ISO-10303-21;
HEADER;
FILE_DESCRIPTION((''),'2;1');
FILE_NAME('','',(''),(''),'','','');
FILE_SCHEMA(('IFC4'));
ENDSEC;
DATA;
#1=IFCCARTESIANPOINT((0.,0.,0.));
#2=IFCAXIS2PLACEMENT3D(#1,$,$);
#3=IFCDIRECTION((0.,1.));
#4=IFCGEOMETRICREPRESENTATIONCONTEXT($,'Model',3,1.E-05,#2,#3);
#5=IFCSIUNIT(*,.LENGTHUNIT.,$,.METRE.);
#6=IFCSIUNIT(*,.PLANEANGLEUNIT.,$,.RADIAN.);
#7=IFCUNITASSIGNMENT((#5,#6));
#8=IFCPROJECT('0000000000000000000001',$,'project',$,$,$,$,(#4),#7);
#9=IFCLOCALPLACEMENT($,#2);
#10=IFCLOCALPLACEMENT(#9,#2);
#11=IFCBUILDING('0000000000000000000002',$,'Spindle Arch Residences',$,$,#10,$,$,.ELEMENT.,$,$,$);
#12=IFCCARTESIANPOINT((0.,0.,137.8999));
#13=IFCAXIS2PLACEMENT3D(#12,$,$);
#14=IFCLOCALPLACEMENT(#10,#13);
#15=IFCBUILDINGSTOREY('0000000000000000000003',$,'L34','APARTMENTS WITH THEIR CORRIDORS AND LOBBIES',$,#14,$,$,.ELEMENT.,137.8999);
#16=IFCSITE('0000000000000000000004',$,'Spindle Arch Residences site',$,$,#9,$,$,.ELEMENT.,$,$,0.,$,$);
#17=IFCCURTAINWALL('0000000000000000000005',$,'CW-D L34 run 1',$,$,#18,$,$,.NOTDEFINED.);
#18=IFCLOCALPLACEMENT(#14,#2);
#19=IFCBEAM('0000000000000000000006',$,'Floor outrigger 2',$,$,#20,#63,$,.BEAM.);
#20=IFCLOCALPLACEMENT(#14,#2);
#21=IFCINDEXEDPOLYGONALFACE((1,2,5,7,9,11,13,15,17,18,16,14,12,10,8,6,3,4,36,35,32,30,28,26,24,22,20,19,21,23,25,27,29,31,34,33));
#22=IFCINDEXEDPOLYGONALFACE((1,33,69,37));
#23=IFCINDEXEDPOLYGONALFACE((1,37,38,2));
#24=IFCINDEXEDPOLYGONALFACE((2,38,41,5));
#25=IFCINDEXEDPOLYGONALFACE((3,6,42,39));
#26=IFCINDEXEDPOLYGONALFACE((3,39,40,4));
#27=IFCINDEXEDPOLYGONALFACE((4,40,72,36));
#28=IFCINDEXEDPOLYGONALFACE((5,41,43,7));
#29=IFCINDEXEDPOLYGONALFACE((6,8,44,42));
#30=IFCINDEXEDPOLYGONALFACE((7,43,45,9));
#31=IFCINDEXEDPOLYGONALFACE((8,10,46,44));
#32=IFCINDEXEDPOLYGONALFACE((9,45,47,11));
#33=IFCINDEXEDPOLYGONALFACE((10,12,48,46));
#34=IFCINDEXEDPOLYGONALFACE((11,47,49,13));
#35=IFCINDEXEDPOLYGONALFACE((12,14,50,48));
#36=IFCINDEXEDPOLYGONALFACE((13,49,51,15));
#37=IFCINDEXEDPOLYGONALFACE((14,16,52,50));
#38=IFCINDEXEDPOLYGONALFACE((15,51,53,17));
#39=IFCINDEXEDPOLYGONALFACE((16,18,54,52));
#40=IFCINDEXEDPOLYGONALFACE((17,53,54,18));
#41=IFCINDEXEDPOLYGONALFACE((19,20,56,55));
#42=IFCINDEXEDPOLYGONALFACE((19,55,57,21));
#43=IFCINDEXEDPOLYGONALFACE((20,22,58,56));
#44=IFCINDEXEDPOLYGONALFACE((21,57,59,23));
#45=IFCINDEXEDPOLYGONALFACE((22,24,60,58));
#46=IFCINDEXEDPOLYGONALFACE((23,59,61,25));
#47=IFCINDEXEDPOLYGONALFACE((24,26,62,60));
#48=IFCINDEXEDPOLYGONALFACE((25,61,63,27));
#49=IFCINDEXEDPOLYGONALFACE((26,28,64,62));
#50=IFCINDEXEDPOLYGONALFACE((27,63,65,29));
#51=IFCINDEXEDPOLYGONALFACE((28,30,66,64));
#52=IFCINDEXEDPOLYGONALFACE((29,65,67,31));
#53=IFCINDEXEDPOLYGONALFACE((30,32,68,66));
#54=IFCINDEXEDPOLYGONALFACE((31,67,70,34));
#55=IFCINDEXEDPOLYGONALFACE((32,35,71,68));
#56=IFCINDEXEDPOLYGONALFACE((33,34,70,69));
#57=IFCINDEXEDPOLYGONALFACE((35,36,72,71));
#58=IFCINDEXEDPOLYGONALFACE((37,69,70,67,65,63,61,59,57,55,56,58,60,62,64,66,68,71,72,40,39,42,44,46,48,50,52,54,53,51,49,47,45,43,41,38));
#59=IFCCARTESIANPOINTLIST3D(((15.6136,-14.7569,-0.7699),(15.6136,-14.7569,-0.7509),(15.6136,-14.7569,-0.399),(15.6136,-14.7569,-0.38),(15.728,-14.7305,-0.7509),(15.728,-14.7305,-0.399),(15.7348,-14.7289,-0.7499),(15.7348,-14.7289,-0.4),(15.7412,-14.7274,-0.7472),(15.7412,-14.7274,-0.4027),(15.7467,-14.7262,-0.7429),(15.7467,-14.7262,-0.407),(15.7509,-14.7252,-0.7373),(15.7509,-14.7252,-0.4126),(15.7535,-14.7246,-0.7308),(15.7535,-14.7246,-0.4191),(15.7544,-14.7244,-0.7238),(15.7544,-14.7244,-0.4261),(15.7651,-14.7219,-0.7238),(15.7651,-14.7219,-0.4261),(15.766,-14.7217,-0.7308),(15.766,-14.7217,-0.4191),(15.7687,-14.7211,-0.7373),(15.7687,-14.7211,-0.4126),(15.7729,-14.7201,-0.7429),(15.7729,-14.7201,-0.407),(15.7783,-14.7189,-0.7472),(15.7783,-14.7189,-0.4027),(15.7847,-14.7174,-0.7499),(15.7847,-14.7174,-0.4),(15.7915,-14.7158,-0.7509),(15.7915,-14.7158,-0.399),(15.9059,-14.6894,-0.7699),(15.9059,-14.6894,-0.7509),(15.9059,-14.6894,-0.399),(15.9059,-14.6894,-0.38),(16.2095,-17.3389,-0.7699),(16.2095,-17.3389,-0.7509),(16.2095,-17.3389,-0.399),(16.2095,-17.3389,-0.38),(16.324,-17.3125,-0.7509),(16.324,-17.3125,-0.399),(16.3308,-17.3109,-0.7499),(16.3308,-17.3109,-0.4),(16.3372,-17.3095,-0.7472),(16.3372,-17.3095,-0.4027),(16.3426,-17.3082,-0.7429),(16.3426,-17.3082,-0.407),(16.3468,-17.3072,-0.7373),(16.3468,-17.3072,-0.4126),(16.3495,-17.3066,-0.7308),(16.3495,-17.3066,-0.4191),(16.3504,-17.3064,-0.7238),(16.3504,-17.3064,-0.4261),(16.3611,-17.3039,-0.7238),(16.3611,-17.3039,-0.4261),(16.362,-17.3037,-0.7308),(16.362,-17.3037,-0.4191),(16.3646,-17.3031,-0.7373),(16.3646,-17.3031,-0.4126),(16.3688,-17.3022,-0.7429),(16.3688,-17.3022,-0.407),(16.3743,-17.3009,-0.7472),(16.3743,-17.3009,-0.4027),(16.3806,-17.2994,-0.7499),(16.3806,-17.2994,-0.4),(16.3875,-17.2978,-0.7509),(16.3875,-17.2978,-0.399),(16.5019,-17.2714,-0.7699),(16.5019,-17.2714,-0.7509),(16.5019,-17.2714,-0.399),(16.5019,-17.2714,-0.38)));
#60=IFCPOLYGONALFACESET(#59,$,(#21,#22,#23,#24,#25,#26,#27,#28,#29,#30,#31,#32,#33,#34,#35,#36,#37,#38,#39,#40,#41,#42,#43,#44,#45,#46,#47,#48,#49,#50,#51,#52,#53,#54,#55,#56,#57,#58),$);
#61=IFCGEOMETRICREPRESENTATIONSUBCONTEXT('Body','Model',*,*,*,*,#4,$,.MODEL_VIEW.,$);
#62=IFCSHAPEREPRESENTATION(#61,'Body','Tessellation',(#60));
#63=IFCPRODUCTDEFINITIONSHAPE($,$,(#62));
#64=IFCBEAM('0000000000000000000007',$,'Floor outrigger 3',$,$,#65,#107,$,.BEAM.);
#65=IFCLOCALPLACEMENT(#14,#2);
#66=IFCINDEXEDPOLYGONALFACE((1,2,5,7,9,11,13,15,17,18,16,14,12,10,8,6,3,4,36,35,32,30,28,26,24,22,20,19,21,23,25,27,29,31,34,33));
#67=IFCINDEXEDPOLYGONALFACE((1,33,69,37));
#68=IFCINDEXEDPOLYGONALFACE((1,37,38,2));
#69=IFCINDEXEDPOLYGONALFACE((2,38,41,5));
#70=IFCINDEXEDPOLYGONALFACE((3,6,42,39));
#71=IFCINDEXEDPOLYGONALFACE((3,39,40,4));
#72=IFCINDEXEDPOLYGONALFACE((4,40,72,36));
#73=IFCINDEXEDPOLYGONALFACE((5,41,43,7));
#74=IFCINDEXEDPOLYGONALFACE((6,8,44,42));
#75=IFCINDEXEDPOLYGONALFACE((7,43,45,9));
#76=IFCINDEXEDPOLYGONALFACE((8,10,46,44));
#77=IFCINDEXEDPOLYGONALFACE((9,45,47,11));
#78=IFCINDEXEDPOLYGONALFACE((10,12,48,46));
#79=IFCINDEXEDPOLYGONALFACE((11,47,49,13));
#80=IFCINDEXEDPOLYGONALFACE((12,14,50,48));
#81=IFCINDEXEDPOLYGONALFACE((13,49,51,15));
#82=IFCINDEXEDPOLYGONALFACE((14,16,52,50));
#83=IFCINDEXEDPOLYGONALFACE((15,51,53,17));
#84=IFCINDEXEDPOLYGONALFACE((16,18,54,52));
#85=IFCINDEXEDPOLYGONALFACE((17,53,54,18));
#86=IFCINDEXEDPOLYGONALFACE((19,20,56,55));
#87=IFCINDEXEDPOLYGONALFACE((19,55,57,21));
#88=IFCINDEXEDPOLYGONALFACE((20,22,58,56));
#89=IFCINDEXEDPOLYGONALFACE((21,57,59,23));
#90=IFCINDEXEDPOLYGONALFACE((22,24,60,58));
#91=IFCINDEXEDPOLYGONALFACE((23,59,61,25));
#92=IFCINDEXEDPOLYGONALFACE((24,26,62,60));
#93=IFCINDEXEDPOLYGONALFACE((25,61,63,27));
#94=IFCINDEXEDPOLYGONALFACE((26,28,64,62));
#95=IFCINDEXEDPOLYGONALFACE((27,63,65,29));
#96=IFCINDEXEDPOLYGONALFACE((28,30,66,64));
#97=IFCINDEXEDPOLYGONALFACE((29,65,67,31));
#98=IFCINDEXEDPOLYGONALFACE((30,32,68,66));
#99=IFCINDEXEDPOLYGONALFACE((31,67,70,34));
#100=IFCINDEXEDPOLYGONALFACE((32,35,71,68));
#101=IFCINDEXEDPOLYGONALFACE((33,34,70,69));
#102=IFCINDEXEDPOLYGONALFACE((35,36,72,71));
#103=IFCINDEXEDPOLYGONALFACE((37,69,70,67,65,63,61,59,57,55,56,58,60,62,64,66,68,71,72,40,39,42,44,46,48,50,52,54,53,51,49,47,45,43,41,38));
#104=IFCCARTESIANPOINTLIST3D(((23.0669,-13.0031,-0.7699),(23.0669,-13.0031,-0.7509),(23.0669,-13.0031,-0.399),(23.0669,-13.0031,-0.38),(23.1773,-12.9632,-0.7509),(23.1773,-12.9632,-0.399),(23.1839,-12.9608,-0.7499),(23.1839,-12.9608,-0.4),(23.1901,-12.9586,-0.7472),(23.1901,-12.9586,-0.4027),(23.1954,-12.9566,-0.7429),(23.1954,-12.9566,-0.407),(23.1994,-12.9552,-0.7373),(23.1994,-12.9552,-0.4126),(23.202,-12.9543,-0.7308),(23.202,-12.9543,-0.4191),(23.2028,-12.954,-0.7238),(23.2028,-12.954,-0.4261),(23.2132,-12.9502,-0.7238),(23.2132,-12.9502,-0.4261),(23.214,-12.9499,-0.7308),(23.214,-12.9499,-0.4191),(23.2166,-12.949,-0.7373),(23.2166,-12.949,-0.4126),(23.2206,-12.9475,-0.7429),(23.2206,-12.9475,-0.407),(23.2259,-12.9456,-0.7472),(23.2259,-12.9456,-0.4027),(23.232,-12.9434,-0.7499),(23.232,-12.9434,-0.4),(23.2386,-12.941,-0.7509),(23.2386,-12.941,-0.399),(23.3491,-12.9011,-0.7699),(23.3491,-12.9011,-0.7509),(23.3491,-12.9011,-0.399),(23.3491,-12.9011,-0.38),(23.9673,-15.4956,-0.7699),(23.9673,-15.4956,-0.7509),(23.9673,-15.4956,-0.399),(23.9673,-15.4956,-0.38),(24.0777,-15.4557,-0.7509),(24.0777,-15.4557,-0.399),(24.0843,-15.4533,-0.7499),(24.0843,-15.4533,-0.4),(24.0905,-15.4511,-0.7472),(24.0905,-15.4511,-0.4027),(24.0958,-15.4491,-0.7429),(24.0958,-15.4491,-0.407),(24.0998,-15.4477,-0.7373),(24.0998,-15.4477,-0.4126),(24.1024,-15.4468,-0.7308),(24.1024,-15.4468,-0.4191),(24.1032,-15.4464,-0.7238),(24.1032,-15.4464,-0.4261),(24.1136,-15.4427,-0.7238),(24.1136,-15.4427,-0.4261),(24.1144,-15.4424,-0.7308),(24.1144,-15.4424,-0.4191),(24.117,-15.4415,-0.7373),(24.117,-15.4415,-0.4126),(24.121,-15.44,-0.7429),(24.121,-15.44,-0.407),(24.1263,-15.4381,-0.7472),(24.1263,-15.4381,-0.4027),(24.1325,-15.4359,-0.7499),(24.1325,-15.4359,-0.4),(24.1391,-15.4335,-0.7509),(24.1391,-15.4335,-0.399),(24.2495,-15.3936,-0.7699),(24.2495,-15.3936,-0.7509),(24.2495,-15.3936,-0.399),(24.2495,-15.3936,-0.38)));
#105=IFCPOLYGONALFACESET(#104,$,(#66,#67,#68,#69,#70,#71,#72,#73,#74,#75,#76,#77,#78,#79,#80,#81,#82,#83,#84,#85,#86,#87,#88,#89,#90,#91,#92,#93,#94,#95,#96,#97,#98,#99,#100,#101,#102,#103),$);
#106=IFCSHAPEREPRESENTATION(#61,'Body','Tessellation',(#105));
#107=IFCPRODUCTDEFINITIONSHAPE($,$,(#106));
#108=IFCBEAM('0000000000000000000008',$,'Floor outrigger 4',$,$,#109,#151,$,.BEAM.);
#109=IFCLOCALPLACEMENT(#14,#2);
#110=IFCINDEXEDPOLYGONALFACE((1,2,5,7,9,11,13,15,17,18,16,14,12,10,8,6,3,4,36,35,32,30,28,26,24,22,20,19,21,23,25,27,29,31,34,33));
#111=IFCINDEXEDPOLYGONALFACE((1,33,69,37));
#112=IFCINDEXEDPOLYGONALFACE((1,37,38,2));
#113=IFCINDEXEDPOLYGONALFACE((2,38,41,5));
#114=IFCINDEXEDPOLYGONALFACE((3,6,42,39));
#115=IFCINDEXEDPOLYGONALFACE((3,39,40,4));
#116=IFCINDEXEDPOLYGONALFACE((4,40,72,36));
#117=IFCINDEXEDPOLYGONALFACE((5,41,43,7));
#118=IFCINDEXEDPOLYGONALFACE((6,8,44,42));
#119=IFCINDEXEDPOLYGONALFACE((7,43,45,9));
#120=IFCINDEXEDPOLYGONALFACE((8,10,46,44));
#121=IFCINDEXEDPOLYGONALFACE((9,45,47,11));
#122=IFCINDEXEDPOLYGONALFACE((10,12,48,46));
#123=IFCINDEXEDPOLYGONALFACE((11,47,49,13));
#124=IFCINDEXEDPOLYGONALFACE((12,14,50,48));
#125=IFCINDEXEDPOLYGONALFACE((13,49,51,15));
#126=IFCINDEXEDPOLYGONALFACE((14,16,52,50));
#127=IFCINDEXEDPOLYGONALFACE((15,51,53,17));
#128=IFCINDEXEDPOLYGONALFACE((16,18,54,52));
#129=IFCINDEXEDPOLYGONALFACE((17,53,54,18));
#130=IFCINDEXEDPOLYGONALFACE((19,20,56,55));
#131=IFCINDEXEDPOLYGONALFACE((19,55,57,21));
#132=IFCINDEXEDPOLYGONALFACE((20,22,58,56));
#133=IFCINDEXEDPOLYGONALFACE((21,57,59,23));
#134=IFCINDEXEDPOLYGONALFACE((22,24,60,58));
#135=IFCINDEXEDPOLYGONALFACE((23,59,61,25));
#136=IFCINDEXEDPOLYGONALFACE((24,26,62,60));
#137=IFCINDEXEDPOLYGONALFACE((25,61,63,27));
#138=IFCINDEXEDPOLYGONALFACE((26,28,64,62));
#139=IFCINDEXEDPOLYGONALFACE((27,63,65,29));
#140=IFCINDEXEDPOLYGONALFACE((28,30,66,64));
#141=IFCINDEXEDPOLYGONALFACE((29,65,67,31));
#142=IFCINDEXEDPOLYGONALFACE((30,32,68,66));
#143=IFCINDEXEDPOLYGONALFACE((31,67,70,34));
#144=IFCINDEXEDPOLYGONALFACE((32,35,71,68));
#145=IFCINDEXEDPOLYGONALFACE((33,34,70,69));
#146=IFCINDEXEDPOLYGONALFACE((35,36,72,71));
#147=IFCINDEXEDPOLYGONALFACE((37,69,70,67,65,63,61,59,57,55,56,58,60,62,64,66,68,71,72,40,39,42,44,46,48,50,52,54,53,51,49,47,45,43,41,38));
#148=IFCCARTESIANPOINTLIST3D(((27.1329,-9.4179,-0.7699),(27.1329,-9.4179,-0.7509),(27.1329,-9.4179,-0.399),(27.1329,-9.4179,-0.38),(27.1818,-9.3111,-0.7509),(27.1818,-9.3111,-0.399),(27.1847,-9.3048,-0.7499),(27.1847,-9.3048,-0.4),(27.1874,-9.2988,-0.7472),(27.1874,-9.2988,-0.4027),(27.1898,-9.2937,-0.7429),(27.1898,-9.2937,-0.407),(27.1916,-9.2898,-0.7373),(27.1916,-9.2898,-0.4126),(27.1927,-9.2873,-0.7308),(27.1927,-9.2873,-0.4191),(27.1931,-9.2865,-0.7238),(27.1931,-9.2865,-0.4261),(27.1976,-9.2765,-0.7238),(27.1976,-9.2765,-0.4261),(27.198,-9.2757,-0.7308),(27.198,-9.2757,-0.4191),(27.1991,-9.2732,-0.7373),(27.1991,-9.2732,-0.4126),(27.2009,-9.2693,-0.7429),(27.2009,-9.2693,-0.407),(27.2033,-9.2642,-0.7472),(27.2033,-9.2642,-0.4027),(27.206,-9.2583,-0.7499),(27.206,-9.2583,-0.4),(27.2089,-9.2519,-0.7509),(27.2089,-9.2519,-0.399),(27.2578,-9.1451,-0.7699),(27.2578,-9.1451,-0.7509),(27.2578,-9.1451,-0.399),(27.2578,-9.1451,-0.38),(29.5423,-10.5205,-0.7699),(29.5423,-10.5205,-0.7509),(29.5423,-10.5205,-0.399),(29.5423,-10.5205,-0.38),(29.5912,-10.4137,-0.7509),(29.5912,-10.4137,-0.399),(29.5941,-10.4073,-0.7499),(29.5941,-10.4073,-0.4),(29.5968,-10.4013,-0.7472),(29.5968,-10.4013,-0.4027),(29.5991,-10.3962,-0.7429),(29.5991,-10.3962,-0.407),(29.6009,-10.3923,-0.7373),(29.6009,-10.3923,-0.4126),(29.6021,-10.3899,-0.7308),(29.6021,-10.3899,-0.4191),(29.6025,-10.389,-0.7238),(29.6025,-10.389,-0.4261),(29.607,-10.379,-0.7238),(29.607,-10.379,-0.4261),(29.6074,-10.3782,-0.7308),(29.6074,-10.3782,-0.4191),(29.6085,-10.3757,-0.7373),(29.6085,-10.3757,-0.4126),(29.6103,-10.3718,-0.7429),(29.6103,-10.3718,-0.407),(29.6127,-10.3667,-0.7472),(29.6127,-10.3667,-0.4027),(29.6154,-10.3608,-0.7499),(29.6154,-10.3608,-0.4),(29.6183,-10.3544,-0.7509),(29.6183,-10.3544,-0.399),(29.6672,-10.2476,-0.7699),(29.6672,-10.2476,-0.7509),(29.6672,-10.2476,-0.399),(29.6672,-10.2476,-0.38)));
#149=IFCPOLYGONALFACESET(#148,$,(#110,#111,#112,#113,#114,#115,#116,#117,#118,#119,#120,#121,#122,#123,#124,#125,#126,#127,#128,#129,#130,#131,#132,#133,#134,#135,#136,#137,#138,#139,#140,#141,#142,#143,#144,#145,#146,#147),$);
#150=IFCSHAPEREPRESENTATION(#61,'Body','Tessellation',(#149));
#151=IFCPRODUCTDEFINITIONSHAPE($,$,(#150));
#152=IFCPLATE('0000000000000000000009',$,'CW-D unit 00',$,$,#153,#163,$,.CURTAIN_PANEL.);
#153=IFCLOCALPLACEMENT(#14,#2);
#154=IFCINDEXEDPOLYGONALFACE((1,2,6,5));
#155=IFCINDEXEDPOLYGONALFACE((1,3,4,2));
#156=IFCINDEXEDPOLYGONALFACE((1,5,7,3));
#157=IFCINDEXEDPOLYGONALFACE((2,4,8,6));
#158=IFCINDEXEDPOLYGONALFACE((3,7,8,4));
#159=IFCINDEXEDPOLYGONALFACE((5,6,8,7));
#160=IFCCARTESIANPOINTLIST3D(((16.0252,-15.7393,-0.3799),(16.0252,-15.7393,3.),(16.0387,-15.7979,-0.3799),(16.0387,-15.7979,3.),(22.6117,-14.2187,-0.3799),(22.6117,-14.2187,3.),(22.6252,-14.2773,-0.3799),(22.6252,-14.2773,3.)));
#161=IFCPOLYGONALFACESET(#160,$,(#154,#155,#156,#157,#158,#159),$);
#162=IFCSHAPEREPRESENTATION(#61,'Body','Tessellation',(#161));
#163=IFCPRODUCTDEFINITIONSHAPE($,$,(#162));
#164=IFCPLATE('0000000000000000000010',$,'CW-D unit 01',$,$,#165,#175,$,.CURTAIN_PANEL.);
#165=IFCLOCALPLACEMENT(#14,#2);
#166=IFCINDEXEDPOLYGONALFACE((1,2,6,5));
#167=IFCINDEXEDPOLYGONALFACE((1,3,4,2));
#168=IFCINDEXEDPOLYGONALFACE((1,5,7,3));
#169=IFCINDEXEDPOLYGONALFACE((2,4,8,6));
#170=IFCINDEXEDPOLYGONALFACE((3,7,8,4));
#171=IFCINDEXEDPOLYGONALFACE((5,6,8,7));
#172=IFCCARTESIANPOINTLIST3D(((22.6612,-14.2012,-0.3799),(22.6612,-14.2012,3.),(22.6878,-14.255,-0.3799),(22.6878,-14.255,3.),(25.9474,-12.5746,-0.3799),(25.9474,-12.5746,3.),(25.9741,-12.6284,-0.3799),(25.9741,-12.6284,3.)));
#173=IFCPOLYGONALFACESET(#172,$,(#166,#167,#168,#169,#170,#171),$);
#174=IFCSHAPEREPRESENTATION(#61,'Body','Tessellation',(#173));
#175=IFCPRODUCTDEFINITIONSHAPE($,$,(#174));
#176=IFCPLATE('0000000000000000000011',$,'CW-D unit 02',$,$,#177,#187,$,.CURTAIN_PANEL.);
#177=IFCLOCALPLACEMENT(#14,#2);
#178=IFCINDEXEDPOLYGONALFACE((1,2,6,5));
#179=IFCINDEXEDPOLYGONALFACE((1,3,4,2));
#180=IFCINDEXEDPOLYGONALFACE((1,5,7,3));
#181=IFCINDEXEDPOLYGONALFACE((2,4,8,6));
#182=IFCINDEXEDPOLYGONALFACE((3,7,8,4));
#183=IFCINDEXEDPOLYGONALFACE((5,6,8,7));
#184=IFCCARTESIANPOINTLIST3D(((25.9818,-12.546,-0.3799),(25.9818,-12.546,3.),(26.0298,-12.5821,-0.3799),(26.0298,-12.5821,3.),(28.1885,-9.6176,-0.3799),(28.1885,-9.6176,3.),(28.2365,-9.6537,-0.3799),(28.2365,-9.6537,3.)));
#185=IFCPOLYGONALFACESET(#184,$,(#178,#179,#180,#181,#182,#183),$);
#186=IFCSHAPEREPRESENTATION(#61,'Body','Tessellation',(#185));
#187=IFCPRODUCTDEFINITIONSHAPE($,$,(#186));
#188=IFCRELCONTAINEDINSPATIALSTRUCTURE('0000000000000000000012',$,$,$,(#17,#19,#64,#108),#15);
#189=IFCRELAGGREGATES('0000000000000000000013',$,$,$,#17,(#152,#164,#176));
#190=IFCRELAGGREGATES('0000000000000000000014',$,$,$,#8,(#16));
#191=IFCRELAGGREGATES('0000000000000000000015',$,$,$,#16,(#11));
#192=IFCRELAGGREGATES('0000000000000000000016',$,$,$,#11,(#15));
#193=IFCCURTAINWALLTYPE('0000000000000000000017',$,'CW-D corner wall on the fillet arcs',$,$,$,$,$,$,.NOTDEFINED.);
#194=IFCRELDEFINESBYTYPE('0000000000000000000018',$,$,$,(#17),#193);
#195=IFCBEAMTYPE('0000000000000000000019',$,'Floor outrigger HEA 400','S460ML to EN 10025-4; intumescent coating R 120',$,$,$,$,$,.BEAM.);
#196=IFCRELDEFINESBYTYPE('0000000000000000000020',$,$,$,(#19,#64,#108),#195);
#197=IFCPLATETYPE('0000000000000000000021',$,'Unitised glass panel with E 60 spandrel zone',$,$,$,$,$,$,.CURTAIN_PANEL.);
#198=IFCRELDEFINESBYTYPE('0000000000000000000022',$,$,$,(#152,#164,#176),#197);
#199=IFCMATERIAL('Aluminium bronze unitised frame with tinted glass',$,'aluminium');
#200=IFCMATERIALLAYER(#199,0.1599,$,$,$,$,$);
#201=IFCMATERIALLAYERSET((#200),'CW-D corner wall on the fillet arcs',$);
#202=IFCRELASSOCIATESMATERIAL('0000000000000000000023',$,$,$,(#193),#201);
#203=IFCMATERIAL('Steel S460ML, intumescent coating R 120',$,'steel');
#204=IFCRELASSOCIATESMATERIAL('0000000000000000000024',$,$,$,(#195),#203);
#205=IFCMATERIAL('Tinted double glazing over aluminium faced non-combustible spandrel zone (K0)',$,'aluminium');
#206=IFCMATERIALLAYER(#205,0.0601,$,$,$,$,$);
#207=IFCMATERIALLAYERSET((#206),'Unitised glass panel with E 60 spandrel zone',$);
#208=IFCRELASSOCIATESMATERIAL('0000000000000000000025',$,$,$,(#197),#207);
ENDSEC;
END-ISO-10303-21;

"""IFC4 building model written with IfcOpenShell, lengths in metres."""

from ifc_helpers import new_model, si_unit, direction, frame, origin, origin_2d, place, context, subcontext, project, spatial, rectangle, i_section, extrude, material, layer, layer_set, material_profile, profile_set, type_object, element, aggregate, save


model = new_model("IFC4")

# Units and contexts
model_context = context("Model", 3, precision=1e-05, world=origin(), true_north=direction((0.0, 1.0)))
body_context = subcontext(model_context, "Body", "Model", "MODEL_VIEW")
ifc_project = project(units=[si_unit("LENGTHUNIT", "METRE"), si_unit("PLANEANGLEUNIT", "RADIAN")], contexts=[model_context])

# Site, building, storey
site_placement = place(None, origin())
site = spatial("IfcSite", under=ifc_project, at=site_placement, Name="Spindle Arch Residences site", CompositionType="ELEMENT", RefElevation=0.0)
building_placement = place(site_placement, origin())
building = spatial("IfcBuilding", under=site, at=building_placement, Name="Spindle Arch Residences", CompositionType="ELEMENT")
storey_placement = place(building_placement, frame((0.0, 0.0, 137.8999)))
storey = spatial("IfcBuildingStorey", under=building, at=storey_placement, Name="L34", Description="APARTMENTS WITH THEIR CORRIDORS AND LOBBIES", CompositionType="ELEMENT", Elevation=137.8999)

# Curtain wall
ifc_material_1 = material(Name="Aluminium bronze unitised frame with tinted glass", Category="aluminium")
ifc_layer_1 = layer(ifc_material_1, 0.1599)
ifc_layer_set_1 = layer_set([ifc_layer_1], Name="CW-D corner wall on the fillet arcs")
curtain_wall_type = type_object("IfcCurtainWallType", Name="CW-D corner wall on the fillet arcs", PredefinedType="NOTDEFINED", material=ifc_layer_set_1)
curtain_wall_placement = place(storey_placement, origin())
curtain_wall = element("IfcCurtainWall", 1, at=curtain_wall_placement, inside=storey, type_object=curtain_wall_type, Name="CW-D L34 run 1", PredefinedType="NOTDEFINED")

# Beams
ifc_material_2 = material(Name="Steel S460ML, intumescent coating R 120", Category="steel")
ifc_material_profile_1 = material_profile(ifc_material_2, i_section(OverallWidth=0.3, OverallDepth=0.3899, WebThickness=0.011, FlangeThickness=0.019, FilletRadius=0.0271, at=origin_2d()), Name="HEA 400")
ifc_profile_set_1 = profile_set([ifc_material_profile_1], Name="Steel S460ML, intumescent coating R 120")
beam_type_1 = type_object("IfcBeamType", Name="Floor outrigger HEA 400", Description="S460ML to EN 10025-4; intumescent coating R 120", PredefinedType="BEAM", material=ifc_profile_set_1)
beam_1_placement = place(storey_placement, frame((16.3557, -17.3052, -0.575), z_axis=(-0.224893, 0.974383, 0.0), x_axis=(-0.974383, -0.224893, 0.0)))
element("IfcBeam", 2, at=beam_1_placement, inside=storey, type_object=beam_type_1, Name="Floor outrigger 2", PredefinedType="BEAM", context=body_context, shape_type="SweptSolid", body=[
    extrude(i_section(OverallWidth=0.3, OverallDepth=0.3899, WebThickness=0.011, FlangeThickness=0.019, FilletRadius=0.0271, at=origin_2d()), origin(), (0.0, 0.0, 1.0), 2.6499),
])
beam_2_placement = place(storey_placement, frame((24.1084, -15.4446, -0.575), z_axis=(-0.33976, 0.940512, 0.0), x_axis=(-0.940512, -0.33976, 0.0)))
element("IfcBeam", 3, at=beam_2_placement, inside=storey, type_object=beam_type_1, Name="Floor outrigger 3", PredefinedType="BEAM", context=body_context, shape_type="SweptSolid", body=[
    extrude(i_section(OverallWidth=0.3, OverallDepth=0.3899, WebThickness=0.011, FlangeThickness=0.019, FilletRadius=0.0271, at=origin_2d()), origin(), (0.0, 0.0, 1.0), 2.6501),
])
beam_3_placement = place(storey_placement, frame((29.6047, -10.384, -0.575), z_axis=(-0.909319, 0.416099, 0.0), x_axis=(-0.416099, -0.909319, 0.0)))
element("IfcBeam", 4, at=beam_3_placement, inside=storey, type_object=beam_type_1, Name="Floor outrigger 4", PredefinedType="BEAM", context=body_context, shape_type="SweptSolid", body=[
    extrude(i_section(OverallWidth=0.3, OverallDepth=0.3899, WebThickness=0.011, FlangeThickness=0.019, FilletRadius=0.0271, at=origin_2d()), origin(), (0.0, 0.0, 1.0), 2.6497),
])

# Plates
ifc_material_3 = material(Name="Tinted double glazing over aluminium faced non-combustible spandrel zone (K0)", Category="aluminium")
ifc_layer_2 = layer(ifc_material_3, 0.0601)
ifc_layer_set_2 = layer_set([ifc_layer_2], Name="Unitised glass panel with E 60 spandrel zone")
plate_type = type_object("IfcPlateType", Name="Unitised glass panel with E 60 spandrel zone", PredefinedType="CURTAIN_PANEL", material=ifc_layer_set_2)
plate_1_placement = place(storey_placement, frame((19.3252, -15.0083, -0.3799), z_axis=(0.0, 0.0, 1.0), x_axis=(0.97437, 0.224951, 0.0)))
plate_1 = element("IfcPlate", 5, at=plate_1_placement, type_object=plate_type, Name="CW-D unit 00", PredefinedType="CURTAIN_PANEL", context=body_context, shape_type="SweptSolid", body=[
    extrude(rectangle(XDim=6.7598, YDim=0.0601, at=origin_2d()), origin(), (0.0, 0.0, 1.0), 3.3799),
])
plate_2_placement = place(storey_placement, frame((24.3176, -13.4148, -0.3799), z_axis=(0.0, 0.0, 1.0), x_axis=(0.896229, 0.443593, 0.0)))
plate_2 = element("IfcPlate", 6, at=plate_2_placement, type_object=plate_type, Name="CW-D unit 01", PredefinedType="CURTAIN_PANEL", context=body_context, shape_type="SweptSolid", body=[
    extrude(rectangle(XDim=3.6667, YDim=0.0601, at=origin_2d()), origin(), (0.0, 0.0, 1.0), 3.3799),
])
plate_3_placement = place(storey_placement, frame((27.1091, -11.0999, -0.3799), z_axis=(0.0, 0.0, 1.0), x_axis=(0.601815, 0.798636, 0.0)))
plate_3 = element("IfcPlate", 7, at=plate_3_placement, type_object=plate_type, Name="CW-D unit 02", PredefinedType="CURTAIN_PANEL", context=body_context, shape_type="SweptSolid", body=[
    extrude(rectangle(XDim=3.6667, YDim=0.0601, at=origin_2d()), origin(), (0.0, 0.0, 1.0), 3.3799),
])
aggregate(curtain_wall, [plate_1, plate_2, plate_3])

save(model, "model.ifc")
